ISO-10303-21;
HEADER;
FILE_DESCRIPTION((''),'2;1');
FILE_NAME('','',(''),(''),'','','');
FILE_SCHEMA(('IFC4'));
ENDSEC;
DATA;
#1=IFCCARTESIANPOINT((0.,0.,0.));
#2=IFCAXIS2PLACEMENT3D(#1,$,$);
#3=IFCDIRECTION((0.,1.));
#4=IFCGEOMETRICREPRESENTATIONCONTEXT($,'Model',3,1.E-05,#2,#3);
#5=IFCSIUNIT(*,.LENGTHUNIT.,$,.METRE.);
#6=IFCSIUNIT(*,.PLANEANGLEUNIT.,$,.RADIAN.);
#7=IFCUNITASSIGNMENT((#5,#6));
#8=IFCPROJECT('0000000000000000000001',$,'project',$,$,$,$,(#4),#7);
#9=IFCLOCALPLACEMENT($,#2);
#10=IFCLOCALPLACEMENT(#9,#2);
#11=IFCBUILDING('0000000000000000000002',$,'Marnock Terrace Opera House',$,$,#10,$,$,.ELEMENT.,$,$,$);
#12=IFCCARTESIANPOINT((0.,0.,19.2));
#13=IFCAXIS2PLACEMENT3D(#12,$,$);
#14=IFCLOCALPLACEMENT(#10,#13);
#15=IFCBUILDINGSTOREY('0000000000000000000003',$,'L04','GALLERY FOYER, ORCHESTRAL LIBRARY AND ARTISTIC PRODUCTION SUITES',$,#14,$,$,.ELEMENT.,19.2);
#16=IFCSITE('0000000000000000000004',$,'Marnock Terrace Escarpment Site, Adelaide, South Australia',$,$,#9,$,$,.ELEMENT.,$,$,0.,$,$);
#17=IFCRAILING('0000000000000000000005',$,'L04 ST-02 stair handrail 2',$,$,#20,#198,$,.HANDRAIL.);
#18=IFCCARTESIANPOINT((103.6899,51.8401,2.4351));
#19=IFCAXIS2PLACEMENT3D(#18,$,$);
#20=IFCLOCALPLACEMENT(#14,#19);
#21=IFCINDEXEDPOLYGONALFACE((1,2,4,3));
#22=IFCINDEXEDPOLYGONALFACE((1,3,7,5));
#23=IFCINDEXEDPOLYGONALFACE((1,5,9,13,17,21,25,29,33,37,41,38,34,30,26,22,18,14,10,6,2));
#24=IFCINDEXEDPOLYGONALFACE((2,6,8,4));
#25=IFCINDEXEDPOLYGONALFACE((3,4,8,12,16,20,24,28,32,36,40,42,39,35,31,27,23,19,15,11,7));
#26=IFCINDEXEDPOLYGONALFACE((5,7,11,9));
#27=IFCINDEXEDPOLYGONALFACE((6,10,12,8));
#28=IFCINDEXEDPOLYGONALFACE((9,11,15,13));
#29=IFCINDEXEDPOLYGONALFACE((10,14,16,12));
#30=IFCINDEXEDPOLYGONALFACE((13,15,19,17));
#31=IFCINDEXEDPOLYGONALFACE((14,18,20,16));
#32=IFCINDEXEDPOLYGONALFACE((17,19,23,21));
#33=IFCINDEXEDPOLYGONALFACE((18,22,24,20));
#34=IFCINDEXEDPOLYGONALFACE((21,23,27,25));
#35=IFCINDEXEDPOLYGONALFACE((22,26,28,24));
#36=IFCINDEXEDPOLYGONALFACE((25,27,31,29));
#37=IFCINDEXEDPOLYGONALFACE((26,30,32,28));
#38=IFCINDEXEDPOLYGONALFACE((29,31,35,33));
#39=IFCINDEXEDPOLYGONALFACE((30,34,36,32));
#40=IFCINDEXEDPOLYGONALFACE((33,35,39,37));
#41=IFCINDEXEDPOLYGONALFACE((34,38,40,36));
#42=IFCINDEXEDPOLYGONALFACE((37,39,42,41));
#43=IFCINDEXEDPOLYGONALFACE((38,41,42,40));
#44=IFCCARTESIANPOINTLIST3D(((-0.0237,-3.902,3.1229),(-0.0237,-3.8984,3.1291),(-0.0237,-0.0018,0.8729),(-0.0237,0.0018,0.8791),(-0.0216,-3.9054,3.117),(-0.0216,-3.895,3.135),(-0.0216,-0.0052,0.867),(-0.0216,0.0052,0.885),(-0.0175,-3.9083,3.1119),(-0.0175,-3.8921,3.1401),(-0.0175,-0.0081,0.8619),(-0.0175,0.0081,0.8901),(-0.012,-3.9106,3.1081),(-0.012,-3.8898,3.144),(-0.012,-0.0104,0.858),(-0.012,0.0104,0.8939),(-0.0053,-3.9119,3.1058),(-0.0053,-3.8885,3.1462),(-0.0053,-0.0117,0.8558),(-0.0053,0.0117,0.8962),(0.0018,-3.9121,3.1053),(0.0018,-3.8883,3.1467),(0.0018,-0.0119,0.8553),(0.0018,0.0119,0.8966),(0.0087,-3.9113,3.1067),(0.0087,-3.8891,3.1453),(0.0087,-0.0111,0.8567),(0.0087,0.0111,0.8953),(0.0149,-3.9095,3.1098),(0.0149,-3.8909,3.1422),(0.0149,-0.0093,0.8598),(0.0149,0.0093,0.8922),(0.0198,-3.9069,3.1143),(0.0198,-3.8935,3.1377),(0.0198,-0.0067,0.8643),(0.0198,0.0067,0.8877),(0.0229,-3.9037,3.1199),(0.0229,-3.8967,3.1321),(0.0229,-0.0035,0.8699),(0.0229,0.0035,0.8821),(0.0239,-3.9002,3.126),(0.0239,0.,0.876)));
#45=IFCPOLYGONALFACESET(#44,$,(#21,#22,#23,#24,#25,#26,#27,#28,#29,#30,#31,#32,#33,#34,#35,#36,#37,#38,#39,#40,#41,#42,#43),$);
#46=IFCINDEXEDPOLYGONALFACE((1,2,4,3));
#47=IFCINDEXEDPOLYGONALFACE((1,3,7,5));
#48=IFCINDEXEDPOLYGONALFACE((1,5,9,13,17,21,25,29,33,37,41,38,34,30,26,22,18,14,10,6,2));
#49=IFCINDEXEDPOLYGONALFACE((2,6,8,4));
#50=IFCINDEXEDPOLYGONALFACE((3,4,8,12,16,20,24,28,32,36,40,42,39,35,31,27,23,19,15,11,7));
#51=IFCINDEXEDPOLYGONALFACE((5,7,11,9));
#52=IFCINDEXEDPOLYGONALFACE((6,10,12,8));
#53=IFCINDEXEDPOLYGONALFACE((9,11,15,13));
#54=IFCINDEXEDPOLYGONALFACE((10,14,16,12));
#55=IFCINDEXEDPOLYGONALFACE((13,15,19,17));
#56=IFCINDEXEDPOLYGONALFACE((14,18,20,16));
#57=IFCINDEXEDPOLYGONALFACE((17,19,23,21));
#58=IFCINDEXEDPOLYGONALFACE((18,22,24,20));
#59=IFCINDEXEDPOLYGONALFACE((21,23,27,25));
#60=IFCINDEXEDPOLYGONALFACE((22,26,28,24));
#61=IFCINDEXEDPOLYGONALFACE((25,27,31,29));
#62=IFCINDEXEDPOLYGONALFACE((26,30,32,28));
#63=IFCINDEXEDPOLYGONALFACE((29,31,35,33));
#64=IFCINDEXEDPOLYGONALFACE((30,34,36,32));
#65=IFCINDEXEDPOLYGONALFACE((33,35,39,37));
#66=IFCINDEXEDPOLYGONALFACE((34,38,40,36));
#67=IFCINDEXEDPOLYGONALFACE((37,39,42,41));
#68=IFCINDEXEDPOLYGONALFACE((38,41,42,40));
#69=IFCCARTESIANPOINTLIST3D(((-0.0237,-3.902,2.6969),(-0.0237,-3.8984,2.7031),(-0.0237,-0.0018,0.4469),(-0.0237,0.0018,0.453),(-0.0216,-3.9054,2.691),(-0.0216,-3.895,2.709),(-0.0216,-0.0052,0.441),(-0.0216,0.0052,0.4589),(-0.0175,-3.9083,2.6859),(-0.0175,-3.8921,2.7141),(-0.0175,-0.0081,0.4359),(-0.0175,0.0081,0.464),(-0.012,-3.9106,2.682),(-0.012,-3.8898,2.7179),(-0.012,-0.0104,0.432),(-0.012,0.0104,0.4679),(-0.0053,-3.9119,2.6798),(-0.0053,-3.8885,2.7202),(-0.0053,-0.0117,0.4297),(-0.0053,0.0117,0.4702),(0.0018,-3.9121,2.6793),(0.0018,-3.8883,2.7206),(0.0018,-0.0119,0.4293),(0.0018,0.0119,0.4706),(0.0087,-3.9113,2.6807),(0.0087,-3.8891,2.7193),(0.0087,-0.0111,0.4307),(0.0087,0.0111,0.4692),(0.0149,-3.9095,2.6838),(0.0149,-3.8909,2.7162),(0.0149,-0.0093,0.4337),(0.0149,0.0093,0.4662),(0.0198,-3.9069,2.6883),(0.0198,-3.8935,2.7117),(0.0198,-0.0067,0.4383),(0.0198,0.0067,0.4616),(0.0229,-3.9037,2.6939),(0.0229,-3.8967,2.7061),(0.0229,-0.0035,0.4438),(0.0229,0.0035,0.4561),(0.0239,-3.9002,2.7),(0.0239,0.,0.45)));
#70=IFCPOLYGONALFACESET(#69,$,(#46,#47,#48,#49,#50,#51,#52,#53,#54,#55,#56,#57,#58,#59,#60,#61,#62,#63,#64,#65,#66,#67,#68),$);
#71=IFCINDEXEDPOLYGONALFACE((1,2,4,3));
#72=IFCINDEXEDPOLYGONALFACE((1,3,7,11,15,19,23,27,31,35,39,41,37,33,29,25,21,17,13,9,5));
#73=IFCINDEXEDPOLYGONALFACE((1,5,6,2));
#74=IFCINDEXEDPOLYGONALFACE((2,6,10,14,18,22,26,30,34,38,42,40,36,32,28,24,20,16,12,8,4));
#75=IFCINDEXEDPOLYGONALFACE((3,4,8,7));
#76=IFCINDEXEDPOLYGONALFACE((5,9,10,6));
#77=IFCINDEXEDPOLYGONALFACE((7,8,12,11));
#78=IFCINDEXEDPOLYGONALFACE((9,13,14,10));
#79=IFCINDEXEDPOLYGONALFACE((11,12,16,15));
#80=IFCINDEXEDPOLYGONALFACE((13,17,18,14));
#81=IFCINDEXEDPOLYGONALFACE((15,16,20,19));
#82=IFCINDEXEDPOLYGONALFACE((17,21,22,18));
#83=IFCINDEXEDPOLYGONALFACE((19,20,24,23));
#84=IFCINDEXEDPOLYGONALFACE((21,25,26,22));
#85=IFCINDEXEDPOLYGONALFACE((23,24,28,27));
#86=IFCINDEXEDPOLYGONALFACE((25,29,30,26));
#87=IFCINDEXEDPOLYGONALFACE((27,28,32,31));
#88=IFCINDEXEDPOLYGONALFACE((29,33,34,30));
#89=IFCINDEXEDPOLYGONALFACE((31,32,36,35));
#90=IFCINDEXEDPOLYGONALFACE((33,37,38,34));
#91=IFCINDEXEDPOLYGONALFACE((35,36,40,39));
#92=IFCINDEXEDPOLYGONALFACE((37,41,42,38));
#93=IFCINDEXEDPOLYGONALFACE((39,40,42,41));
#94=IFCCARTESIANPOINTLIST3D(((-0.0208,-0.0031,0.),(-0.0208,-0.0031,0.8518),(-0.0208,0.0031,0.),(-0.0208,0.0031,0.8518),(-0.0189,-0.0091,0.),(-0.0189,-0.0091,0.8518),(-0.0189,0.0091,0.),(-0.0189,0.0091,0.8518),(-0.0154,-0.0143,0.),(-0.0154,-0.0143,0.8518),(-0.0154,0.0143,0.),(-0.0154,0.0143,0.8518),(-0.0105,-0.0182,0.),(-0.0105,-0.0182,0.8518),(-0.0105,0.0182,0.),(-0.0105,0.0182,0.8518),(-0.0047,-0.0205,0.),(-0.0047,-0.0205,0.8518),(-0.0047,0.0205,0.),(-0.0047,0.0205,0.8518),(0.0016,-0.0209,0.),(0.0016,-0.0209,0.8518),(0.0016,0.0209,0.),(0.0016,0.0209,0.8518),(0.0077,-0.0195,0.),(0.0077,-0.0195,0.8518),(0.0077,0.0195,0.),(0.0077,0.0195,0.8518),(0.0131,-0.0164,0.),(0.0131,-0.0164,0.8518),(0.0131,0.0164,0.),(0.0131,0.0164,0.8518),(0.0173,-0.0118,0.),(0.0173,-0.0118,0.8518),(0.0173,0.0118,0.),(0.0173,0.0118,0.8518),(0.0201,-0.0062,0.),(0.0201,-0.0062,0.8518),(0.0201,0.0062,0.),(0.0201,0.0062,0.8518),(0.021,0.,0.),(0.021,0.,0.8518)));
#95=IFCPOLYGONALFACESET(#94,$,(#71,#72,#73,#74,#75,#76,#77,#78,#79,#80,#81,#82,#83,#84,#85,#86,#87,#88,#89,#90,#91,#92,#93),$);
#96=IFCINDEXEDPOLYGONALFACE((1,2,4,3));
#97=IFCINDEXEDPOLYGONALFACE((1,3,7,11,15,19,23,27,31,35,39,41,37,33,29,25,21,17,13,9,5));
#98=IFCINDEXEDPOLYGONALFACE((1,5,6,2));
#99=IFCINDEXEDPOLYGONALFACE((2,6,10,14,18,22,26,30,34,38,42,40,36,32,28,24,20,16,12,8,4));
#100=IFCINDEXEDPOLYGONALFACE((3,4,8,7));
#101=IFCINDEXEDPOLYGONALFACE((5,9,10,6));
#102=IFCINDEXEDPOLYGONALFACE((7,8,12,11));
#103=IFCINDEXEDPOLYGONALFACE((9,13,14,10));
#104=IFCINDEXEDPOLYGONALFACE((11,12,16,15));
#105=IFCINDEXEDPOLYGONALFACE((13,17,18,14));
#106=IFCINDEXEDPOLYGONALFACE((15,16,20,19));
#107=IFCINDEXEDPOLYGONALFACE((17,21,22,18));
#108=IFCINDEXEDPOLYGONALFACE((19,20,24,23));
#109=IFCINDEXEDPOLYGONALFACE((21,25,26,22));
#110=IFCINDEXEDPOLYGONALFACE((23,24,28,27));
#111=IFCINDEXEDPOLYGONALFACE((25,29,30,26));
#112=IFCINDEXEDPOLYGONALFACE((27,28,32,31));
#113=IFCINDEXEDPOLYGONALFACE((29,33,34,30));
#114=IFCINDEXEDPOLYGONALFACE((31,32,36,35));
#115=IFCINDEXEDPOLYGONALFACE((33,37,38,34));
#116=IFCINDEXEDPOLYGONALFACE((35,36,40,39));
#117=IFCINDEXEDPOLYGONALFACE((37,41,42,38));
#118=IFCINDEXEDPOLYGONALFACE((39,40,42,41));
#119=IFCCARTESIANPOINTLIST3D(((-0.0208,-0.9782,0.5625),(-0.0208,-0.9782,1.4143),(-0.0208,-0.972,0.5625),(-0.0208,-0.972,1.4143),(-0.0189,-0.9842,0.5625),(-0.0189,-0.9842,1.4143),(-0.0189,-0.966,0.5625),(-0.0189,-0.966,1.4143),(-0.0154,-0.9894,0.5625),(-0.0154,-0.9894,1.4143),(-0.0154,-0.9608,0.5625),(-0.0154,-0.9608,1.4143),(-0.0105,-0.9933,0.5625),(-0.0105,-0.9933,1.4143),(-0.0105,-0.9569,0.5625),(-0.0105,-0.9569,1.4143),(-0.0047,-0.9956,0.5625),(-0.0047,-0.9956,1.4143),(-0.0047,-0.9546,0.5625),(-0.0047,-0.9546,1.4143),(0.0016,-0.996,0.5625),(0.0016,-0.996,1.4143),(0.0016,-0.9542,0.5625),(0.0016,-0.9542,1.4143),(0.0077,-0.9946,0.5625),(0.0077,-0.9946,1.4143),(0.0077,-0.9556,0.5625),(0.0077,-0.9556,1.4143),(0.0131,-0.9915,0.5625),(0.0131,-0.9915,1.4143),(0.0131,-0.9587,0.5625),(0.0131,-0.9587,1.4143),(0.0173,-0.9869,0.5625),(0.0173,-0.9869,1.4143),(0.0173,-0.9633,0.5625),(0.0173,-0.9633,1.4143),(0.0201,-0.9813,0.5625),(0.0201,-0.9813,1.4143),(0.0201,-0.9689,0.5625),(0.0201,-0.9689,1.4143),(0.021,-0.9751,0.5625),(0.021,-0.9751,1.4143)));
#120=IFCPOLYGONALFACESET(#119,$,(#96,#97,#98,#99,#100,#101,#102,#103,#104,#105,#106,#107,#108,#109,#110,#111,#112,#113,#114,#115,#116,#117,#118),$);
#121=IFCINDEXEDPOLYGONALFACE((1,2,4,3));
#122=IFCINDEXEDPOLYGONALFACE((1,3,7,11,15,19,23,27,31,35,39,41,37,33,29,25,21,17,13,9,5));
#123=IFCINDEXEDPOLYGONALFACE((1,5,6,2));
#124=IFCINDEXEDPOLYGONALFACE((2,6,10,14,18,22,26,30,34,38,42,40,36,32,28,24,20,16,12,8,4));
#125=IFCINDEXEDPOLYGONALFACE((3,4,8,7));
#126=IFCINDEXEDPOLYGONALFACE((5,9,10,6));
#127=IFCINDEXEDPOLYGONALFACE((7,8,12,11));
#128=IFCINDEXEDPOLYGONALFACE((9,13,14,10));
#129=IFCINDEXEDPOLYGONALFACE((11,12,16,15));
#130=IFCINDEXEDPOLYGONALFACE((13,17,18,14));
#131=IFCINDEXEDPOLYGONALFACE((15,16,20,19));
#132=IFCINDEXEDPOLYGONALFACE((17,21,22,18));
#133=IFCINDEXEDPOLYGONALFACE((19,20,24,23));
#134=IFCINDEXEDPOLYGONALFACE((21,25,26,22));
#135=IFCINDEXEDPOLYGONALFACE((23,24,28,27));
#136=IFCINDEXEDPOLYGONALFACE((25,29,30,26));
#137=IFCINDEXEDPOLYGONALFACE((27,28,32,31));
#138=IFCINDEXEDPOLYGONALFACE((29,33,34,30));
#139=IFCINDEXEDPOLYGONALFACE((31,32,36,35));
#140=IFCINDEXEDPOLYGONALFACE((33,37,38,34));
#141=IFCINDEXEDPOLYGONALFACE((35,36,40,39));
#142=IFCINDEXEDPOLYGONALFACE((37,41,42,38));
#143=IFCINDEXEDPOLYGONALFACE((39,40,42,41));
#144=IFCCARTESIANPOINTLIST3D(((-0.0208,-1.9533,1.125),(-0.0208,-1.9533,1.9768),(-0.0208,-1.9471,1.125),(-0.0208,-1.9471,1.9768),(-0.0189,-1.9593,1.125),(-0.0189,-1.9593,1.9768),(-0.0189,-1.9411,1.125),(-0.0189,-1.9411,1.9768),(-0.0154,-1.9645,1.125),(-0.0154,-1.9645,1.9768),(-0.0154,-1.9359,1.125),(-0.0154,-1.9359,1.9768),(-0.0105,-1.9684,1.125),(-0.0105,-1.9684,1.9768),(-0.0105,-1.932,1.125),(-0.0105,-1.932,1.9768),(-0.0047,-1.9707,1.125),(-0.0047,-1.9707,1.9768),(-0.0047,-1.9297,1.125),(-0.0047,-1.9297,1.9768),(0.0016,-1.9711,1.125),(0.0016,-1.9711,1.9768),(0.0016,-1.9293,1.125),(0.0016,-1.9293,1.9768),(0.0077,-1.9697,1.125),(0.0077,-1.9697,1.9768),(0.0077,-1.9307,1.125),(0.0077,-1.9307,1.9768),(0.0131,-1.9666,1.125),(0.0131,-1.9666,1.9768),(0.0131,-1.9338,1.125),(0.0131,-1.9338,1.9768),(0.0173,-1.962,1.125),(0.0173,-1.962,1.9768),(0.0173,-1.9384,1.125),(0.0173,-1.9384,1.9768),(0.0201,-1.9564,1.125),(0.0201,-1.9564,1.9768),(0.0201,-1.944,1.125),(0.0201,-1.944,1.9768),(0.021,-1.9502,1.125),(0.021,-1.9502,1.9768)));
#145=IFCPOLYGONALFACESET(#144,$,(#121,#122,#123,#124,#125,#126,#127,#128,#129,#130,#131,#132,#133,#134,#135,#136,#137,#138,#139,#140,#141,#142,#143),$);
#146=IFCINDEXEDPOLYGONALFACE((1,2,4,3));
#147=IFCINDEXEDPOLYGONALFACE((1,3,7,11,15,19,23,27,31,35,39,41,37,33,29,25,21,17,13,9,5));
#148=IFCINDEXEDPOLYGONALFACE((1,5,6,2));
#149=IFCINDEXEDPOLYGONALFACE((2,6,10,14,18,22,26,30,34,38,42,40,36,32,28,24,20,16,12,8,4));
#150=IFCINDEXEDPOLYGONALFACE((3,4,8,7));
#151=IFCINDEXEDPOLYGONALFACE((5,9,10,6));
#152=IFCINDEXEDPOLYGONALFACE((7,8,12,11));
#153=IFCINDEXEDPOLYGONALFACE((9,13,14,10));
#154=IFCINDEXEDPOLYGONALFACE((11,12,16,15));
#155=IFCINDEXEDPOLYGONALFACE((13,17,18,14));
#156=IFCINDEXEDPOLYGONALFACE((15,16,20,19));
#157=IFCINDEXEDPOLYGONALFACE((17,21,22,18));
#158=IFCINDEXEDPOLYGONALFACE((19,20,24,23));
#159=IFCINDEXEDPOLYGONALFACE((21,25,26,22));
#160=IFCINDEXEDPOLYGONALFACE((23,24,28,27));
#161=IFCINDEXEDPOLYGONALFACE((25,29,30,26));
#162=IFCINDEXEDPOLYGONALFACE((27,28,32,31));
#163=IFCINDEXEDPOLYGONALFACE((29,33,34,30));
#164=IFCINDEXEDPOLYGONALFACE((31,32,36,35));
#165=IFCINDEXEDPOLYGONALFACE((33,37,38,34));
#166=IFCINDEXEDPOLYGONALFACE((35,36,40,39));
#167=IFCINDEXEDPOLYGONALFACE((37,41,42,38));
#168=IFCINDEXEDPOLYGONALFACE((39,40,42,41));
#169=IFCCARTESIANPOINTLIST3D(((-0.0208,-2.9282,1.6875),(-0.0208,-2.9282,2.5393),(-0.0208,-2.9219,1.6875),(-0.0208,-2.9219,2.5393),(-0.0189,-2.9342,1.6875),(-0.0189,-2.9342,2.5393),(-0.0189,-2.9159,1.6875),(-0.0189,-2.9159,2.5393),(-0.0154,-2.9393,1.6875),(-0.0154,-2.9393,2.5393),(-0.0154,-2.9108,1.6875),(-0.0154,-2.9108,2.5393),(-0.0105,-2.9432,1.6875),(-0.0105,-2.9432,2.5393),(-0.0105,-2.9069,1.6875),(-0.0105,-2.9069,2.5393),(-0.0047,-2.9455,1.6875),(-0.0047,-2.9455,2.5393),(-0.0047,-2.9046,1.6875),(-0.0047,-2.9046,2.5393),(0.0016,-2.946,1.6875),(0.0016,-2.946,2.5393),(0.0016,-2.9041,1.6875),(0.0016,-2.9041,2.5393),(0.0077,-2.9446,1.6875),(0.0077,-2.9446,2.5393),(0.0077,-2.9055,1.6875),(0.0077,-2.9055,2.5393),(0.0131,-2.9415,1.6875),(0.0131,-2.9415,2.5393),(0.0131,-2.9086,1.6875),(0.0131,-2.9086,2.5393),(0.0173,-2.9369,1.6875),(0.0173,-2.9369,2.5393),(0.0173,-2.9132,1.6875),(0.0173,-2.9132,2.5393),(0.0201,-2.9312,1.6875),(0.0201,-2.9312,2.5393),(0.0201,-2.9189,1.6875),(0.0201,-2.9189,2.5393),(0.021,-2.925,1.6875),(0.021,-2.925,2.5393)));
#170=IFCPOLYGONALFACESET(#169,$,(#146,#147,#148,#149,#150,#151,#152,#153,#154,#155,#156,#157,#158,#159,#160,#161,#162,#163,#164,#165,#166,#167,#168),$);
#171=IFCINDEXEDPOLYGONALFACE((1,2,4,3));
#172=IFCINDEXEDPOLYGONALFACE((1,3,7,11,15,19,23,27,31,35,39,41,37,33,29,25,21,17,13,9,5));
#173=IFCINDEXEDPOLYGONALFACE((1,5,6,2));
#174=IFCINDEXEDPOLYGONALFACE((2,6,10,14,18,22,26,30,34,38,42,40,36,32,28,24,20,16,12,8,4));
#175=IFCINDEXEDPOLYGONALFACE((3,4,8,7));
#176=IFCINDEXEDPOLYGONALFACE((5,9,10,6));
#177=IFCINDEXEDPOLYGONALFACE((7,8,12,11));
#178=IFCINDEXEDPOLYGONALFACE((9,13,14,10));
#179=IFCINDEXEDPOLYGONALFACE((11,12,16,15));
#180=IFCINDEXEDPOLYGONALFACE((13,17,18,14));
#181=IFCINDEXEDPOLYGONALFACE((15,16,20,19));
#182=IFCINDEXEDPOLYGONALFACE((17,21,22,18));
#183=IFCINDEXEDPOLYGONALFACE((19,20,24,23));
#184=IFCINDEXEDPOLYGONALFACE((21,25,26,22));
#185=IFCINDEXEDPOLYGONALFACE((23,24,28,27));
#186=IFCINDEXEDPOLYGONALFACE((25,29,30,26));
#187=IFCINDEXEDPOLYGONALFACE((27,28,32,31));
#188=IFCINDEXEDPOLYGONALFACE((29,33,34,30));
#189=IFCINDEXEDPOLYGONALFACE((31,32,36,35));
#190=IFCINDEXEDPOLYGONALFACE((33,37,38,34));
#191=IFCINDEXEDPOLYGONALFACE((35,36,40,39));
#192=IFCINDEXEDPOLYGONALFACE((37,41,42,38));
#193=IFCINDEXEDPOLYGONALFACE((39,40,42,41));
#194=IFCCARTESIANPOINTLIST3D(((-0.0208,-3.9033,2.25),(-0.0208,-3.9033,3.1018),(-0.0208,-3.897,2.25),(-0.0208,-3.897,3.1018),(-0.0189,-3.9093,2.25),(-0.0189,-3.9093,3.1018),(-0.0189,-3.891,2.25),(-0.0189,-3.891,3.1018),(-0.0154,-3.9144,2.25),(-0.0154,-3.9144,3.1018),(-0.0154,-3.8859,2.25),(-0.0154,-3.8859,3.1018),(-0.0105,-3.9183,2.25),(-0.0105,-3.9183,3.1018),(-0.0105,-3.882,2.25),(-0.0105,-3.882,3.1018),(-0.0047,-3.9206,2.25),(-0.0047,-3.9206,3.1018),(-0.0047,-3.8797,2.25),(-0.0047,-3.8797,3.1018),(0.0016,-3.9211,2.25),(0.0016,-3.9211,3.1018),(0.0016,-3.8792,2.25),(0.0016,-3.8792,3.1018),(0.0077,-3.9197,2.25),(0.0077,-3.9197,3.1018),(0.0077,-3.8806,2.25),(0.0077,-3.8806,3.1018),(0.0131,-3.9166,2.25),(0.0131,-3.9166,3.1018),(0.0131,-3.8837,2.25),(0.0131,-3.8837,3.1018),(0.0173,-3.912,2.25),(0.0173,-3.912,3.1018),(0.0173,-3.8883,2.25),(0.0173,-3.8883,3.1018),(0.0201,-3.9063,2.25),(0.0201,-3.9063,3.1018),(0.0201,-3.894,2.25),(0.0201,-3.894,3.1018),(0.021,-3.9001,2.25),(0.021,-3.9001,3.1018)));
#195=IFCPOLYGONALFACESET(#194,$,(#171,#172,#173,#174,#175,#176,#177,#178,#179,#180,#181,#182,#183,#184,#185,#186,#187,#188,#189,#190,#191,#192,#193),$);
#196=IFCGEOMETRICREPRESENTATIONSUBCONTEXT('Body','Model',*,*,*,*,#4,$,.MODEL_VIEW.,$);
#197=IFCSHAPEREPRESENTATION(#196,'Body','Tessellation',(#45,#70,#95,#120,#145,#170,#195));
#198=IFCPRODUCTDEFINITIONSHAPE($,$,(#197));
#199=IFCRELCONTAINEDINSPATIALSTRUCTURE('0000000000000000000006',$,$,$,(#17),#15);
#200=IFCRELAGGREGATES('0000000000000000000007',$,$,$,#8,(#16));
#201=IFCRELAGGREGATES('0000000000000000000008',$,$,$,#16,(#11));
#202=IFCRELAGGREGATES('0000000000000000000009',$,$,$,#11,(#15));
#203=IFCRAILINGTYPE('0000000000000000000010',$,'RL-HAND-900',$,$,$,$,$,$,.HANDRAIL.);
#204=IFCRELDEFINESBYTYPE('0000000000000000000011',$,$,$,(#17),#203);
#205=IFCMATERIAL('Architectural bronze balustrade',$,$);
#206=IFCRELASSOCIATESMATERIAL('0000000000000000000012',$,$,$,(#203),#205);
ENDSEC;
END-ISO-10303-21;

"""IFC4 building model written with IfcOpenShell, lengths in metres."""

from ifc_helpers import new_model, si_unit, direction, frame, origin, origin_2d, place, context, subcontext, project, spatial, circle, extrude, material, type_object, element, save


model = new_model("IFC4")

# Units and contexts
model_context = context("Model", 3, precision=1e-05, world=origin(), true_north=direction((0.0, 1.0)))
body_context = subcontext(model_context, "Body", "Model", "MODEL_VIEW")
ifc_project = project(units=[si_unit("LENGTHUNIT", "METRE"), si_unit("PLANEANGLEUNIT", "RADIAN")], contexts=[model_context])

# Site, building, storey
site_placement = place(None, origin())
site = spatial("IfcSite", under=ifc_project, at=site_placement, Name="Marnock Terrace Escarpment Site, Adelaide, South Australia", CompositionType="ELEMENT", RefElevation=0.0)
building_placement = place(site_placement, origin())
building = spatial("IfcBuilding", under=site, at=building_placement, Name="Marnock Terrace Opera House", CompositionType="ELEMENT")
storey_placement = place(building_placement, frame((0.0, 0.0, 19.2)))
storey = spatial("IfcBuildingStorey", under=building, at=storey_placement, Name="L04", Description="GALLERY FOYER, ORCHESTRAL LIBRARY AND ARTISTIC PRODUCTION SUITES", CompositionType="ELEMENT", Elevation=19.2)

# Railing
ifc_material_1 = material(Name="Architectural bronze balustrade")
railing_type_1 = type_object("IfcRailingType", Name="RL-HAND-900", PredefinedType="HANDRAIL", material=ifc_material_1)
railing_1_placement = place(storey_placement, frame((103.6899, 51.8401, 2.4351)))
element("IfcRailing", 1, at=railing_1_placement, inside=storey, type_object=railing_type_1, Name="L04 ST-02 stair handrail 2", PredefinedType="HANDRAIL", context=body_context, shape_type="SweptSolid", body=[
    extrude(circle(Radius=0.0239, at=origin_2d()), frame((0.0, 0.0, 0.876), z_axis=(0.0, -0.866194, 0.499708), x_axis=(1.0, 0.0, 0.0)), (0.0, 0.0, 1.0), 4.5027),
    extrude(circle(Radius=0.0239, at=origin_2d()), frame((0.0, 0.0, 0.45), z_axis=(0.0, -0.866194, 0.499708), x_axis=(1.0, 0.0, 0.0)), (0.0, 0.0, 1.0), 4.5027),
    extrude(circle(Radius=0.021, at=origin_2d()), origin(), (0.0, 0.0, 1.0), 0.8518),
    extrude(circle(Radius=0.021, at=origin_2d()), frame((0.0, -0.9751, 0.5625)), (0.0, 0.0, 1.0), 0.8518),
    extrude(circle(Radius=0.021, at=origin_2d()), frame((0.0, -1.9502, 1.125)), (0.0, 0.0, 1.0), 0.8518),
    extrude(circle(Radius=0.021, at=origin_2d()), frame((0.0, -2.925, 1.6875)), (0.0, 0.0, 1.0), 0.8518),
    extrude(circle(Radius=0.021, at=origin_2d()), frame((0.0, -3.9001, 2.25)), (0.0, 0.0, 1.0), 0.8518),
])

save(model, "model.ifc")
